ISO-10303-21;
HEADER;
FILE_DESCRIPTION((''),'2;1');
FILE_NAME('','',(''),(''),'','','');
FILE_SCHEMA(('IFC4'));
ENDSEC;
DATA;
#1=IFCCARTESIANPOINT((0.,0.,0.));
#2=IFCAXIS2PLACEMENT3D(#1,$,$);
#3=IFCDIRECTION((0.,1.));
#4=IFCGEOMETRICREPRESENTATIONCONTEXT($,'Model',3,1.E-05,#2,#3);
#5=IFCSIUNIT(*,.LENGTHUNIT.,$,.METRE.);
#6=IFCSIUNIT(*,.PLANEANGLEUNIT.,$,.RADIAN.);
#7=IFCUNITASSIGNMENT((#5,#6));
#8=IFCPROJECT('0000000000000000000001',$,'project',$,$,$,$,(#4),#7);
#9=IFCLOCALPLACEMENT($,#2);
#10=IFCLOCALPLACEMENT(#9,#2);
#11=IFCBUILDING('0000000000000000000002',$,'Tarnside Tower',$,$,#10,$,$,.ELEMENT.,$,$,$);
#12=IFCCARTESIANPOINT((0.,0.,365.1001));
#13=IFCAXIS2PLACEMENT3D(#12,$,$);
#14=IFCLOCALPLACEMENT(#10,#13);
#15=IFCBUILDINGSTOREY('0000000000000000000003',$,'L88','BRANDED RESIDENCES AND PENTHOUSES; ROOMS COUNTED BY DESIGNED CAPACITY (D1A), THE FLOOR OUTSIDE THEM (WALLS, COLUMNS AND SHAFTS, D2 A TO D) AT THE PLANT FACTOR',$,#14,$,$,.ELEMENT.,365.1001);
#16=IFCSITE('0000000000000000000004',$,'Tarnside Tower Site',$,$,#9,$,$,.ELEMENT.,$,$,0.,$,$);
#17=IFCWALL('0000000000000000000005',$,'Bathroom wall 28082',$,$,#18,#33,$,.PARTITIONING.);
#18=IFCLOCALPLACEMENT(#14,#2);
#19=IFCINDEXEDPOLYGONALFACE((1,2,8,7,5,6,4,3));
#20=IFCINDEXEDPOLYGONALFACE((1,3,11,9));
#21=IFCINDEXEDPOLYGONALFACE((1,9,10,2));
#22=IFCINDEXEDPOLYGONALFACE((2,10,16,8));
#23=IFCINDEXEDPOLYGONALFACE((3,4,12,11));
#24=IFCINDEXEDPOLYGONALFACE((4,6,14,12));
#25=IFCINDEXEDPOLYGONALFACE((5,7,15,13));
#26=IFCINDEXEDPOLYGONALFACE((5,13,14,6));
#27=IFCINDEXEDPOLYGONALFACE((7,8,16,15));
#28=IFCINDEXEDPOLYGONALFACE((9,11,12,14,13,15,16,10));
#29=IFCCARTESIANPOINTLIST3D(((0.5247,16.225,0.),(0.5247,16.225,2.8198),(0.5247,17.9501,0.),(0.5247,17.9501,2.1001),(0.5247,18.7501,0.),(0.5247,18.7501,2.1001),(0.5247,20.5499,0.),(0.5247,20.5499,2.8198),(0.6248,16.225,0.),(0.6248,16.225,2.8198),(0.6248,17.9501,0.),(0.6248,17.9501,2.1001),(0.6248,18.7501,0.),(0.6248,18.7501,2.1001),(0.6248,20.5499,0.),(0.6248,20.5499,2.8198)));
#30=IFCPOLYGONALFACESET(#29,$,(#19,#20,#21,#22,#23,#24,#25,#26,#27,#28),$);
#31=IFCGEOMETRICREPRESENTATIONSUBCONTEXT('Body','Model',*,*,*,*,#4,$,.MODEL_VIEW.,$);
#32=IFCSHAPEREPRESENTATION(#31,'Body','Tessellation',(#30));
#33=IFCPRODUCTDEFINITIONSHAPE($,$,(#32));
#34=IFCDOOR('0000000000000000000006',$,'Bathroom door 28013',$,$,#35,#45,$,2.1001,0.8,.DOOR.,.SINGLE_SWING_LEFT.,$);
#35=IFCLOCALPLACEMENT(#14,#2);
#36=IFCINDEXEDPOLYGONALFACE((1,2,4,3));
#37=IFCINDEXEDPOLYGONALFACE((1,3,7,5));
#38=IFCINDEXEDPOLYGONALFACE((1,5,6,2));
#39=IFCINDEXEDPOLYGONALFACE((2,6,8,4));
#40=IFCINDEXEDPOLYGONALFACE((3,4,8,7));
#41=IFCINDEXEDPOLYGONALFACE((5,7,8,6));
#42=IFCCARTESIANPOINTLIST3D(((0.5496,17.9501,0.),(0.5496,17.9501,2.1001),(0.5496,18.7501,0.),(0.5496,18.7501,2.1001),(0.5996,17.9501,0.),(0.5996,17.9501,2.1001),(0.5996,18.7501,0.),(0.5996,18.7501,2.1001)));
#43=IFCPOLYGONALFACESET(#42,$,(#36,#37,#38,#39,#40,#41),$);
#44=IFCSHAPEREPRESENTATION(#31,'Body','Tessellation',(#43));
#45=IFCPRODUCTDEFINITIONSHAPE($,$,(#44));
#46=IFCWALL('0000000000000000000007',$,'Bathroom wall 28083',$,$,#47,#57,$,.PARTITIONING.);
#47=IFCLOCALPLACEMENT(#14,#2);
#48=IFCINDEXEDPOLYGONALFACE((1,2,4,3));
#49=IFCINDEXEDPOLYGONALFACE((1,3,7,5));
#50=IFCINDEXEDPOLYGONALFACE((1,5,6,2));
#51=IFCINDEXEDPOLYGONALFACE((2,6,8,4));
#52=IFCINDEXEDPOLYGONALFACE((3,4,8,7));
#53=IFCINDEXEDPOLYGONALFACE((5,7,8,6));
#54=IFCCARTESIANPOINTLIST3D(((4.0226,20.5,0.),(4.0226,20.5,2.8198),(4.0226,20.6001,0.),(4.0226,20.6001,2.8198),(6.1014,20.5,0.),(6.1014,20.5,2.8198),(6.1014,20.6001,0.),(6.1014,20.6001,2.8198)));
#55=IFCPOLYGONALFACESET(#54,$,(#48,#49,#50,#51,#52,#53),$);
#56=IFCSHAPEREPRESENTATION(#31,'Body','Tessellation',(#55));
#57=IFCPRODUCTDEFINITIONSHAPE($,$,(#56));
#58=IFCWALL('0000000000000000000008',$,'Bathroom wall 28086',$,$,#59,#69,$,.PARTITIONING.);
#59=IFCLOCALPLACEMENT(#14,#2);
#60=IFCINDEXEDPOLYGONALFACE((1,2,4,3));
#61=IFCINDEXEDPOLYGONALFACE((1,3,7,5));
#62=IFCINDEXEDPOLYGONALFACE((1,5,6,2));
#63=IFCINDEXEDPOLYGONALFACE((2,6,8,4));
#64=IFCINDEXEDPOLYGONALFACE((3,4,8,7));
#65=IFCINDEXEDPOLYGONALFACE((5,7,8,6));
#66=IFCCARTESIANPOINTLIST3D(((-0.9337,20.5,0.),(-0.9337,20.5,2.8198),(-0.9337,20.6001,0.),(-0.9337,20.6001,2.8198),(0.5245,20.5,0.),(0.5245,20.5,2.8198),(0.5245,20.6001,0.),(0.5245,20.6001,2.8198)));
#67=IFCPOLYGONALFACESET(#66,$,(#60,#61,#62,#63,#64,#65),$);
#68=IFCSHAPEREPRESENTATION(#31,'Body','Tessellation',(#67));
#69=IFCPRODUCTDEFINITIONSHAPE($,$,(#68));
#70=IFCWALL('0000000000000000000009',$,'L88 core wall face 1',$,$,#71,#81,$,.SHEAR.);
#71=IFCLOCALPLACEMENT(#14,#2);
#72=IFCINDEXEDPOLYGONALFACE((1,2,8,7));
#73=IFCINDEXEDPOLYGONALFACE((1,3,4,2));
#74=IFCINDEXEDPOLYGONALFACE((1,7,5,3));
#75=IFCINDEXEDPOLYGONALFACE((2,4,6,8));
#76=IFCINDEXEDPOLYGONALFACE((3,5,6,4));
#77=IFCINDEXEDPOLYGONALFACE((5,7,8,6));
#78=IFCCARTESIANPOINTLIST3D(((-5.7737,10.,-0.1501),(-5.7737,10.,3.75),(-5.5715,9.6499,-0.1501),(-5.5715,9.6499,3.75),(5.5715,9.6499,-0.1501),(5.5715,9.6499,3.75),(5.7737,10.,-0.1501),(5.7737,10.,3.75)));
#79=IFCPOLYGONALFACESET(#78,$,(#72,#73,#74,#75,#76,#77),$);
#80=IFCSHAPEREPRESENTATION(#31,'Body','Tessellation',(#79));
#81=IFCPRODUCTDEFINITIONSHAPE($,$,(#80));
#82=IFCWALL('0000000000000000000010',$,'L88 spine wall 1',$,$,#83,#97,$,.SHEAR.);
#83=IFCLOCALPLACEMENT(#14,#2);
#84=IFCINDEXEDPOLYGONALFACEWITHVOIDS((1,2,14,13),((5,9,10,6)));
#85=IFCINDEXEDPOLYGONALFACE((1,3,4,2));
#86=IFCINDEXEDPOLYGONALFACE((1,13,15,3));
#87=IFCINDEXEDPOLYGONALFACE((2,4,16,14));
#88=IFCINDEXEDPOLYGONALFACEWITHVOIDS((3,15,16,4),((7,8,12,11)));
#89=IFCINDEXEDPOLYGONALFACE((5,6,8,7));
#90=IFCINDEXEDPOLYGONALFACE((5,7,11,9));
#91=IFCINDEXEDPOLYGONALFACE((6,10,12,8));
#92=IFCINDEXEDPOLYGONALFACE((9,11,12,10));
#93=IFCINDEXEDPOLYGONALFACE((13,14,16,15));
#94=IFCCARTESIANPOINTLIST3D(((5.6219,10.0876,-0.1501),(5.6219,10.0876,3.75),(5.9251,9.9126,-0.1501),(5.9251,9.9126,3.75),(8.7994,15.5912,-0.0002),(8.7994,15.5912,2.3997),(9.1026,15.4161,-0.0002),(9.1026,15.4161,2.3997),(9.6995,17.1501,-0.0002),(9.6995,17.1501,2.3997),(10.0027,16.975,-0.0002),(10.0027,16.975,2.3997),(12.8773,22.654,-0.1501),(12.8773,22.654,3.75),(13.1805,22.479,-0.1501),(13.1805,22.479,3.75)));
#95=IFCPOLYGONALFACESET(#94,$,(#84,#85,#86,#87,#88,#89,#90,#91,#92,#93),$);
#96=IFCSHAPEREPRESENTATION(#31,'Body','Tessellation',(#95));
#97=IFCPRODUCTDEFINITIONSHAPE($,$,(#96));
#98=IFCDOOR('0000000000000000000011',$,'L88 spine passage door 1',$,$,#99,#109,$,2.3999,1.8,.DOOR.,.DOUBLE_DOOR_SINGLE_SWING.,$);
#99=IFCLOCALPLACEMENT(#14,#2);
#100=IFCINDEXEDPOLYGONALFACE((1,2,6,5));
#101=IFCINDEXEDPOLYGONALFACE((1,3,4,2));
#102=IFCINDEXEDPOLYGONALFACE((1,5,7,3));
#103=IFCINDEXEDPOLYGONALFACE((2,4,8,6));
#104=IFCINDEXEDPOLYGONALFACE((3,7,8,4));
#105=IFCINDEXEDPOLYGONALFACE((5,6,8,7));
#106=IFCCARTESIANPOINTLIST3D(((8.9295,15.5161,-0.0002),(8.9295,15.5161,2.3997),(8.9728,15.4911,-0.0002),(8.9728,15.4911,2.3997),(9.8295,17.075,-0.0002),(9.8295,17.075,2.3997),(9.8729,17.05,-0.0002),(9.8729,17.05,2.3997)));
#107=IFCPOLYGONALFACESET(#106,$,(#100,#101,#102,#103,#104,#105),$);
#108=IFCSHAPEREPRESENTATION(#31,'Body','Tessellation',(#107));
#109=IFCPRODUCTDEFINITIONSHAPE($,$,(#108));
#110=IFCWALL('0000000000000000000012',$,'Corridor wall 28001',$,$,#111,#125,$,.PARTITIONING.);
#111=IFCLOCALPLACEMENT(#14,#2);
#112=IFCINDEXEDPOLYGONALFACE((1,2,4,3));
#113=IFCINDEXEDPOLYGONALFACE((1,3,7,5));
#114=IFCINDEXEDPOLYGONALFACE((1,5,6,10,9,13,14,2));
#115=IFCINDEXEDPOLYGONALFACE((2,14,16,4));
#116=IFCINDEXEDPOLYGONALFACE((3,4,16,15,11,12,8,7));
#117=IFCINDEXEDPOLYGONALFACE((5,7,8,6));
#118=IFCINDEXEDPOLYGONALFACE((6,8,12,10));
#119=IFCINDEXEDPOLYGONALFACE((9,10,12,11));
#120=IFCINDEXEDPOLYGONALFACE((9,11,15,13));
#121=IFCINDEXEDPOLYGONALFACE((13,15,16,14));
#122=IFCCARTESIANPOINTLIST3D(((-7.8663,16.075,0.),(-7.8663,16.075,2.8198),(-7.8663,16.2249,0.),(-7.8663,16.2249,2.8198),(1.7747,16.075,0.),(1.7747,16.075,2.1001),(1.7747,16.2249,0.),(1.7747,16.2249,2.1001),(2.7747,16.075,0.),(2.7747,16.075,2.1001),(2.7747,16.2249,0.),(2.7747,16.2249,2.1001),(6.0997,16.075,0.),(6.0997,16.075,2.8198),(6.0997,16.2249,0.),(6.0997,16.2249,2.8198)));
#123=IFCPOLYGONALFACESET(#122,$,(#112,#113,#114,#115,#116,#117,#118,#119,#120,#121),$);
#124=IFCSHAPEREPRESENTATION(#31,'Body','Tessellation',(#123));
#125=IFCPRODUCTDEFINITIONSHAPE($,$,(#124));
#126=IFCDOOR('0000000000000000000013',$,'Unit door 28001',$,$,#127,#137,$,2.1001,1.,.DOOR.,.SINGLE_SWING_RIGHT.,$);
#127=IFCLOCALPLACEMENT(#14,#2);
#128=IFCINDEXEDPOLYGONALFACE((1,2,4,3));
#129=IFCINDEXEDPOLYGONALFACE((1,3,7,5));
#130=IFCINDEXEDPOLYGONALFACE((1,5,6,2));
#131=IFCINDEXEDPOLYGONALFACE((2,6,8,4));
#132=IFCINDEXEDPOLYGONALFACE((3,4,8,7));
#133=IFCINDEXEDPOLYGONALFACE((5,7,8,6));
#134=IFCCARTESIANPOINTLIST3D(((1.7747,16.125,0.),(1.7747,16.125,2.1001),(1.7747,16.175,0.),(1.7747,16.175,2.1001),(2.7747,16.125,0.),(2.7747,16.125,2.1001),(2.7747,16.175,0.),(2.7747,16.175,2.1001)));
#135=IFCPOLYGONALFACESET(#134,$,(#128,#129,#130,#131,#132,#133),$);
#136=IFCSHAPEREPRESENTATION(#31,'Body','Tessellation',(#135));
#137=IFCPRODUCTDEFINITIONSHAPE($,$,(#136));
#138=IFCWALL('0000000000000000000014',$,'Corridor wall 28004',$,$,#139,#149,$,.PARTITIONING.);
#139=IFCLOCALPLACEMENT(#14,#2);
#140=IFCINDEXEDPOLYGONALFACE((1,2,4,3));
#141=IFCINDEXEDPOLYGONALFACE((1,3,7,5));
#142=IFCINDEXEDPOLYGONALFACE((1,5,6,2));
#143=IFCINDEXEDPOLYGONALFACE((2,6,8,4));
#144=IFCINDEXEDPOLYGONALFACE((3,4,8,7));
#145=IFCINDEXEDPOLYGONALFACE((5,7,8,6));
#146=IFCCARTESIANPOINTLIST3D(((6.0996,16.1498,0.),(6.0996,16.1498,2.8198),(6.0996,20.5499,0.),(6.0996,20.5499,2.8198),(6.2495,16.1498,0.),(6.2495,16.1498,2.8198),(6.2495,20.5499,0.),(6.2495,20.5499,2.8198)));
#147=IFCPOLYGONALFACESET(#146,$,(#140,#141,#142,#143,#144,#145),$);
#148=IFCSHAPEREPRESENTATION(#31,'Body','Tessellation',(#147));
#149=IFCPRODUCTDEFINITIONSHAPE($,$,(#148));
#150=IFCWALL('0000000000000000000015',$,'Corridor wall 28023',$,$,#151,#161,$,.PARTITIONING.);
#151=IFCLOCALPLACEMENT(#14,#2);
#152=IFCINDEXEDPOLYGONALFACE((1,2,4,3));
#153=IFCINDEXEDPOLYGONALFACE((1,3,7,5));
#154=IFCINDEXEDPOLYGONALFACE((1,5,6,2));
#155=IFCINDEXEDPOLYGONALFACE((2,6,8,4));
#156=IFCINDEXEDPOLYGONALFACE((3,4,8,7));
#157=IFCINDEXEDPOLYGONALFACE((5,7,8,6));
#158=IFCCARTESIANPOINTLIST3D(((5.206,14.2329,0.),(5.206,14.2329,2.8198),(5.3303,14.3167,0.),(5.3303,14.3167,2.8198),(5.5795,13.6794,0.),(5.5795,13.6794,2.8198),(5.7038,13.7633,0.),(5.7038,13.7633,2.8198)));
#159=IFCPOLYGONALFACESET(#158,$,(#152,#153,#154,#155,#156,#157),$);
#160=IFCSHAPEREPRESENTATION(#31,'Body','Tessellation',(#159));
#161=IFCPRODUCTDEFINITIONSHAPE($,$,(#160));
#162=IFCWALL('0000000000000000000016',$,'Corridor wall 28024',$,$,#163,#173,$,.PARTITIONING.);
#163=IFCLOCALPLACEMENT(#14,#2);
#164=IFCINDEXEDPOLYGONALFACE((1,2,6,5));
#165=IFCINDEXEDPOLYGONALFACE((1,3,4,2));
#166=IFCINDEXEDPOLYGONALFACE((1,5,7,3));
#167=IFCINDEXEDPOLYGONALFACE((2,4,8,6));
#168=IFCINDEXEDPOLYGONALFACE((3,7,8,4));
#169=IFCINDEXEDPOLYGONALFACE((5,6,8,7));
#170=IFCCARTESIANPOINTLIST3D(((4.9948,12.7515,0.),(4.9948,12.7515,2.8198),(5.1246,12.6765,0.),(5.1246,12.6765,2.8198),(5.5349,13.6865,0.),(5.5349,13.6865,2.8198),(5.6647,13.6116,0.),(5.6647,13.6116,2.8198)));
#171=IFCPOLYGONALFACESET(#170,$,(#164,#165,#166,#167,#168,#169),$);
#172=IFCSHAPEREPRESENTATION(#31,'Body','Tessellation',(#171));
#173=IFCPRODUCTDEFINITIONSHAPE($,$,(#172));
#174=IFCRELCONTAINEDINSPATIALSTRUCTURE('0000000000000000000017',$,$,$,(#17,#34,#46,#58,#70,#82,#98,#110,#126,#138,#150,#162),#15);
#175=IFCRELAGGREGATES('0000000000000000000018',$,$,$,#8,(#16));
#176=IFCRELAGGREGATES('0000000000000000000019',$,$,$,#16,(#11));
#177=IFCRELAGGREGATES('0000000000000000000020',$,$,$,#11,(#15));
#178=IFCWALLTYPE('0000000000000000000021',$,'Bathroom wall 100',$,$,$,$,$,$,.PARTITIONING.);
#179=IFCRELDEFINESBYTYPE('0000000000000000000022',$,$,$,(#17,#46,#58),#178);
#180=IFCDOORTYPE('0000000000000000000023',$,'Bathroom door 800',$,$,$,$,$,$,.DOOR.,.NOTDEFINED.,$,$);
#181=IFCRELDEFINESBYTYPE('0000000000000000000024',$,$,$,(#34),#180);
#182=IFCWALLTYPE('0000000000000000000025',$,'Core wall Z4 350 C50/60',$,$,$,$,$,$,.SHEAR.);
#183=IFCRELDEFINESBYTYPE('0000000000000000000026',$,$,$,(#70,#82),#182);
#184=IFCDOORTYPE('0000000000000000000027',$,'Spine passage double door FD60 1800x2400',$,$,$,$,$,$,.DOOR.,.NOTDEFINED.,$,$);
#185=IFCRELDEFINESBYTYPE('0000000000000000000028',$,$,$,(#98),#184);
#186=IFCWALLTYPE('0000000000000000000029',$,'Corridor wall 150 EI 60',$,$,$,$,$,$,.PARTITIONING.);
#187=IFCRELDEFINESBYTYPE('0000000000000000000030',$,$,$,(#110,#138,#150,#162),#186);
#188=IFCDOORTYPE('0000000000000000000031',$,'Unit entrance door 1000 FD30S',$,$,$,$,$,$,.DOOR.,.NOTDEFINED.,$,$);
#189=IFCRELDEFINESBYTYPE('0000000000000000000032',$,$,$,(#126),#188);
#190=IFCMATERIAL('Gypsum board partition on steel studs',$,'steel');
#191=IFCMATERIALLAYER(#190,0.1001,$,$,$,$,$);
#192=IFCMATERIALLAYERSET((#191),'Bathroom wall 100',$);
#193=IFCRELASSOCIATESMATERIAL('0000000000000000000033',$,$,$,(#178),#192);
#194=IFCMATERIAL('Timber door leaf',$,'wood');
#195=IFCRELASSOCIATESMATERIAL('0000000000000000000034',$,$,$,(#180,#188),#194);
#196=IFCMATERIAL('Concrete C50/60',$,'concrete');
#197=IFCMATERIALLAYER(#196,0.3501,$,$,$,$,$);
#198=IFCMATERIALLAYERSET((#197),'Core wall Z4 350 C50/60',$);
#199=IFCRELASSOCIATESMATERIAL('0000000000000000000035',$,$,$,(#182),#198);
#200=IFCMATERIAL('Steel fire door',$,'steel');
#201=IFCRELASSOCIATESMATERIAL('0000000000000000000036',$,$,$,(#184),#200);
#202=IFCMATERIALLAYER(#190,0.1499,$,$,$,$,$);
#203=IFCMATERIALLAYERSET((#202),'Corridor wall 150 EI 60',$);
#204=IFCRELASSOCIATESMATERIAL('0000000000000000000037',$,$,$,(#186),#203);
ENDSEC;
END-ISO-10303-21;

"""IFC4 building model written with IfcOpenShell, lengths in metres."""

from ifc_helpers import new_model, si_unit, direction, frame, frame_2d, origin, place, context, subcontext, project, spatial, polyline, rectangle, outline, extrude, material, layer, layer_set, type_object, element, fill, save


model = new_model("IFC4")

# Units and contexts
model_context = context("Model", 3, precision=1e-05, world=origin(), true_north=direction((0.0, 1.0)))
body_context = subcontext(model_context, "Body", "Model", "MODEL_VIEW")
ifc_project = project(units=[si_unit("LENGTHUNIT", "METRE"), si_unit("PLANEANGLEUNIT", "RADIAN")], contexts=[model_context])

# Site, building, storey
site_placement = place(None, origin())
site = spatial("IfcSite", under=ifc_project, at=site_placement, Name="Tarnside Tower Site", CompositionType="ELEMENT", RefElevation=0.0)
building_placement = place(site_placement, origin())
building = spatial("IfcBuilding", under=site, at=building_placement, Name="Tarnside Tower", CompositionType="ELEMENT")
storey_placement = place(building_placement, frame((0.0, 0.0, 365.1001)))
storey = spatial("IfcBuildingStorey", under=building, at=storey_placement, Name="L88", Description="BRANDED RESIDENCES AND PENTHOUSES; ROOMS COUNTED BY DESIGNED CAPACITY (D1A), THE FLOOR OUTSIDE THEM (WALLS, COLUMNS AND SHAFTS, D2 A TO D) AT THE PLANT FACTOR", CompositionType="ELEMENT", Elevation=365.1001)

# Wall, opening, door
ifc_material_1 = material(Name="Gypsum board partition on steel studs", Category="steel")
ifc_layer_1 = layer(ifc_material_1, 0.1001)
ifc_layer_set_1 = layer_set([ifc_layer_1], Name="Bathroom wall 100")
wall_type_1 = type_object("IfcWallType", Name="Bathroom wall 100", PredefinedType="PARTITIONING", material=ifc_layer_set_1)
ifc_material_2 = material(Name="Timber door leaf", Category="wood")
door_type_1 = type_object("IfcDoorType", Name="Bathroom door 800", OperationType="NOTDEFINED", PredefinedType="DOOR", material=ifc_material_2)
wall_1_placement = place(storey_placement, frame((0.5747, 20.55, 0.0), z_axis=(0.0, 0.0, 1.0), x_axis=(0.0, -1.0, 0.0)))
wall_1 = element("IfcWall", 1, at=wall_1_placement, inside=storey, type_object=wall_type_1, Name="Bathroom wall 28082", PredefinedType="PARTITIONING", context=body_context, shape_type="SweptSolid", body=[
    extrude(rectangle(XDim=4.325, YDim=0.1001, at=frame_2d((2.1626, 0.0))), origin(), (0.0, 0.0, 1.0), 2.8198),
])
opening_1_placement = place(wall_1_placement, frame((1.8, 0.0, 0.0)))
opening_1 = element("IfcOpeningElement", 2, at=opening_1_placement, cuts=wall_1, PredefinedType="OPENING", context=body_context, shape_type="SweptSolid", body=[
    extrude(rectangle(XDim=0.8, YDim=2.1001, at=frame_2d((0.3999, 1.05))), frame((0.0, 0.0601, 0.0), z_axis=(0.0, -1.0, 0.0), x_axis=(1.0, 0.0, 0.0)), (0.0, 0.0, 1.0), 0.1201),
])
door_1_placement = place(opening_1_placement, origin())
door_1 = element("IfcDoor", 3, at=door_1_placement, inside=storey, type_object=door_type_1, Name="Bathroom door 28013", OperationType="SINGLE_SWING_LEFT", OverallHeight=2.1001, OverallWidth=0.8, PredefinedType="DOOR", context=body_context, shape_type="SweptSolid", body=[
    extrude(rectangle(XDim=0.8, YDim=2.1001, at=frame_2d((0.3999, 1.05))), frame((0.0, 0.0249, 0.0), z_axis=(0.0, -1.0, 0.0), x_axis=(1.0, 0.0, 0.0)), (0.0, 0.0, 1.0), 0.05),
])
fill(opening_1, door_1)

# Walls
wall_2_placement = place(storey_placement, frame((6.1016, 20.55, 0.0), z_axis=(0.0, 0.0, 1.0), x_axis=(-1.0, 0.0, 0.0)))
element("IfcWall", 4, at=wall_2_placement, inside=storey, type_object=wall_type_1, Name="Bathroom wall 28083", PredefinedType="PARTITIONING", context=body_context, shape_type="SweptSolid", body=[
    extrude(rectangle(XDim=2.0789, YDim=0.1001, at=frame_2d((1.0396, 0.0))), origin(), (0.0, 0.0, 1.0), 2.8198),
])
wall_3_placement = place(storey_placement, frame((-0.9336, 20.55, 0.0), z_axis=(0.0, 0.0, 1.0), x_axis=(1.0, 0.0, 0.0)))
element("IfcWall", 5, at=wall_3_placement, inside=storey, type_object=wall_type_1, Name="Bathroom wall 28086", PredefinedType="PARTITIONING", context=body_context, shape_type="SweptSolid", body=[
    extrude(rectangle(XDim=1.4583, YDim=0.1001, at=frame_2d((0.729, 0.0))), origin(), (0.0, 0.0, 1.0), 2.8198),
])
ifc_material_3 = material(Name="Concrete C50/60", Category="concrete")
ifc_layer_2 = layer(ifc_material_3, 0.3501)
ifc_layer_set_2 = layer_set([ifc_layer_2], Name="Core wall Z4 350 C50/60")
wall_type_2 = type_object("IfcWallType", Name="Core wall Z4 350 C50/60", PredefinedType="SHEAR", material=ifc_layer_set_2)
wall_4_placement = place(storey_placement, frame((5.6726, 9.825, -0.1501), z_axis=(0.0, 0.0, 1.0), x_axis=(-1.0, 0.0, 0.0)))
element("IfcWall", 6, at=wall_4_placement, inside=storey, type_object=wall_type_2, Name="L88 core wall face 1", PredefinedType="SHEAR", context=body_context, shape_type="SweptSolid", body=[
    extrude(outline(polyline([(-0.1011, -0.175), (11.4463, -0.175), (11.2441, 0.175), (0.1011, 0.175), (-0.1011, -0.175)])), origin(), (0.0, 0.0, 1.0), 3.9001),
])

# Walls, openings, doors
wall_5_placement = place(storey_placement, frame((5.7734, 10.0, -0.1501), z_axis=(0.0, 0.0, 1.0), x_axis=(0.500008, 0.866021, 0.0)))
wall_5 = element("IfcWall", 7, at=wall_5_placement, inside=storey, type_object=wall_type_2, Name="L88 spine wall 1", PredefinedType="SHEAR", context=body_context, shape_type="SweptSolid", body=[
    extrude(rectangle(XDim=14.5105, YDim=0.3501, at=frame_2d((7.2554, 0.0))), origin(), (0.0, 0.0, 1.0), 3.9001),
])
opening_2_placement = place(wall_5_placement, frame((6.3552, 0.0, 0.1499)))
opening_2 = element("IfcOpeningElement", 8, at=opening_2_placement, cuts=wall_5, PredefinedType="OPENING", context=body_context, shape_type="SweptSolid", body=[
    extrude(rectangle(XDim=1.8, YDim=2.3999, at=frame_2d((0.8999, 1.2))), frame((0.0, 0.1851, 0.0), z_axis=(0.0, -1.0, 0.0), x_axis=(1.0, 0.0, 0.0)), (0.0, 0.0, 1.0), 0.3701),
])
ifc_material_4 = material(Name="Steel fire door", Category="steel")
door_type_2 = type_object("IfcDoorType", Name="Spine passage double door FD60 1800x2400", OperationType="NOTDEFINED", PredefinedType="DOOR", material=ifc_material_4)
door_2_placement = place(opening_2_placement, origin())
door_2 = element("IfcDoor", 9, at=door_2_placement, inside=storey, type_object=door_type_2, Name="L88 spine passage door 1", OperationType="DOUBLE_DOOR_SINGLE_SWING", OverallHeight=2.3999, OverallWidth=1.8, PredefinedType="DOOR", context=body_context, shape_type="SweptSolid", body=[
    extrude(rectangle(XDim=1.8, YDim=2.3999, at=frame_2d((0.8999, 1.2))), frame((0.0, 0.0249, 0.0), z_axis=(0.0, -1.0, 0.0), x_axis=(1.0, 0.0, 0.0)), (0.0, 0.0, 1.0), 0.05),
])
fill(opening_2, door_2)
ifc_layer_3 = layer(ifc_material_1, 0.1499)
ifc_layer_set_3 = layer_set([ifc_layer_3], Name="Corridor wall 150 EI 60")
wall_type_3 = type_object("IfcWallType", Name="Corridor wall 150 EI 60", PredefinedType="PARTITIONING", material=ifc_layer_set_3)
wall_6_placement = place(storey_placement, frame((6.0996, 16.1499, 0.0), z_axis=(0.0, 0.0, 1.0), x_axis=(-1.0, 0.0, 0.0)))
wall_6 = element("IfcWall", 10, at=wall_6_placement, inside=storey, type_object=wall_type_3, Name="Corridor wall 28001", PredefinedType="PARTITIONING", context=body_context, shape_type="SweptSolid", body=[
    extrude(rectangle(XDim=13.9661, YDim=0.1499, at=frame_2d((6.9829, 0.0))), origin(), (0.0, 0.0, 1.0), 2.8198),
])
opening_3_placement = place(wall_6_placement, frame((3.325, 0.0, 0.0)))
opening_3 = element("IfcOpeningElement", 11, at=opening_3_placement, cuts=wall_6, PredefinedType="OPENING", context=body_context, shape_type="SweptSolid", body=[
    extrude(rectangle(XDim=1.0, YDim=2.1001, at=frame_2d((0.5, 1.05))), frame((0.0, 0.085, 0.0), z_axis=(0.0, -1.0, 0.0), x_axis=(1.0, 0.0, 0.0)), (0.0, 0.0, 1.0), 0.1699),
])
door_type_3 = type_object("IfcDoorType", Name="Unit entrance door 1000 FD30S", OperationType="NOTDEFINED", PredefinedType="DOOR", material=ifc_material_2)
door_3_placement = place(opening_3_placement, origin())
door_3 = element("IfcDoor", 12, at=door_3_placement, inside=storey, type_object=door_type_3, Name="Unit door 28001", OperationType="SINGLE_SWING_RIGHT", OverallHeight=2.1001, OverallWidth=1.0, PredefinedType="DOOR", context=body_context, shape_type="SweptSolid", body=[
    extrude(rectangle(XDim=1.0, YDim=2.1001, at=frame_2d((0.5, 1.05))), frame((0.0, 0.0249, 0.0), z_axis=(0.0, -1.0, 0.0), x_axis=(1.0, 0.0, 0.0)), (0.0, 0.0, 1.0), 0.05),
])
fill(opening_3, door_3)

# Walls
wall_7_placement = place(storey_placement, frame((6.1746, 20.55, 0.0), z_axis=(0.0, 0.0, 1.0), x_axis=(0.0, -1.0, 0.0)))
element("IfcWall", 13, at=wall_7_placement, inside=storey, type_object=wall_type_3, Name="Corridor wall 28004", PredefinedType="PARTITIONING", context=body_context, shape_type="SweptSolid", body=[
    extrude(rectangle(XDim=4.4001, YDim=0.1499, at=frame_2d((2.2002, 0.0))), origin(), (0.0, 0.0, 1.0), 2.8198),
])
wall_8_placement = place(storey_placement, frame((5.2681, 14.2749, 0.0), z_axis=(0.0, 0.0, 1.0), x_axis=(0.559416, -0.828887, 0.0)))
element("IfcWall", 14, at=wall_8_placement, inside=storey, type_object=wall_type_3, Name="Corridor wall 28023", PredefinedType="PARTITIONING", context=body_context, shape_type="SweptSolid", body=[
    extrude(rectangle(XDim=0.6677, YDim=0.1499, at=frame_2d((0.334, 0.0))), origin(), (0.0, 0.0, 1.0), 2.8198),
])
wall_9_placement = place(storey_placement, frame((5.5999, 13.6492, 0.0), z_axis=(0.0, 0.0, 1.0), x_axis=(-0.500127, -0.865952, 0.0)))
element("IfcWall", 15, at=wall_9_placement, inside=storey, type_object=wall_type_3, Name="Corridor wall 28024", PredefinedType="PARTITIONING", context=body_context, shape_type="SweptSolid", body=[
    extrude(rectangle(XDim=1.0798, YDim=0.1499, at=frame_2d((0.54, 0.0))), origin(), (0.0, 0.0, 1.0), 2.8198),
])

save(model, "model.ifc")
